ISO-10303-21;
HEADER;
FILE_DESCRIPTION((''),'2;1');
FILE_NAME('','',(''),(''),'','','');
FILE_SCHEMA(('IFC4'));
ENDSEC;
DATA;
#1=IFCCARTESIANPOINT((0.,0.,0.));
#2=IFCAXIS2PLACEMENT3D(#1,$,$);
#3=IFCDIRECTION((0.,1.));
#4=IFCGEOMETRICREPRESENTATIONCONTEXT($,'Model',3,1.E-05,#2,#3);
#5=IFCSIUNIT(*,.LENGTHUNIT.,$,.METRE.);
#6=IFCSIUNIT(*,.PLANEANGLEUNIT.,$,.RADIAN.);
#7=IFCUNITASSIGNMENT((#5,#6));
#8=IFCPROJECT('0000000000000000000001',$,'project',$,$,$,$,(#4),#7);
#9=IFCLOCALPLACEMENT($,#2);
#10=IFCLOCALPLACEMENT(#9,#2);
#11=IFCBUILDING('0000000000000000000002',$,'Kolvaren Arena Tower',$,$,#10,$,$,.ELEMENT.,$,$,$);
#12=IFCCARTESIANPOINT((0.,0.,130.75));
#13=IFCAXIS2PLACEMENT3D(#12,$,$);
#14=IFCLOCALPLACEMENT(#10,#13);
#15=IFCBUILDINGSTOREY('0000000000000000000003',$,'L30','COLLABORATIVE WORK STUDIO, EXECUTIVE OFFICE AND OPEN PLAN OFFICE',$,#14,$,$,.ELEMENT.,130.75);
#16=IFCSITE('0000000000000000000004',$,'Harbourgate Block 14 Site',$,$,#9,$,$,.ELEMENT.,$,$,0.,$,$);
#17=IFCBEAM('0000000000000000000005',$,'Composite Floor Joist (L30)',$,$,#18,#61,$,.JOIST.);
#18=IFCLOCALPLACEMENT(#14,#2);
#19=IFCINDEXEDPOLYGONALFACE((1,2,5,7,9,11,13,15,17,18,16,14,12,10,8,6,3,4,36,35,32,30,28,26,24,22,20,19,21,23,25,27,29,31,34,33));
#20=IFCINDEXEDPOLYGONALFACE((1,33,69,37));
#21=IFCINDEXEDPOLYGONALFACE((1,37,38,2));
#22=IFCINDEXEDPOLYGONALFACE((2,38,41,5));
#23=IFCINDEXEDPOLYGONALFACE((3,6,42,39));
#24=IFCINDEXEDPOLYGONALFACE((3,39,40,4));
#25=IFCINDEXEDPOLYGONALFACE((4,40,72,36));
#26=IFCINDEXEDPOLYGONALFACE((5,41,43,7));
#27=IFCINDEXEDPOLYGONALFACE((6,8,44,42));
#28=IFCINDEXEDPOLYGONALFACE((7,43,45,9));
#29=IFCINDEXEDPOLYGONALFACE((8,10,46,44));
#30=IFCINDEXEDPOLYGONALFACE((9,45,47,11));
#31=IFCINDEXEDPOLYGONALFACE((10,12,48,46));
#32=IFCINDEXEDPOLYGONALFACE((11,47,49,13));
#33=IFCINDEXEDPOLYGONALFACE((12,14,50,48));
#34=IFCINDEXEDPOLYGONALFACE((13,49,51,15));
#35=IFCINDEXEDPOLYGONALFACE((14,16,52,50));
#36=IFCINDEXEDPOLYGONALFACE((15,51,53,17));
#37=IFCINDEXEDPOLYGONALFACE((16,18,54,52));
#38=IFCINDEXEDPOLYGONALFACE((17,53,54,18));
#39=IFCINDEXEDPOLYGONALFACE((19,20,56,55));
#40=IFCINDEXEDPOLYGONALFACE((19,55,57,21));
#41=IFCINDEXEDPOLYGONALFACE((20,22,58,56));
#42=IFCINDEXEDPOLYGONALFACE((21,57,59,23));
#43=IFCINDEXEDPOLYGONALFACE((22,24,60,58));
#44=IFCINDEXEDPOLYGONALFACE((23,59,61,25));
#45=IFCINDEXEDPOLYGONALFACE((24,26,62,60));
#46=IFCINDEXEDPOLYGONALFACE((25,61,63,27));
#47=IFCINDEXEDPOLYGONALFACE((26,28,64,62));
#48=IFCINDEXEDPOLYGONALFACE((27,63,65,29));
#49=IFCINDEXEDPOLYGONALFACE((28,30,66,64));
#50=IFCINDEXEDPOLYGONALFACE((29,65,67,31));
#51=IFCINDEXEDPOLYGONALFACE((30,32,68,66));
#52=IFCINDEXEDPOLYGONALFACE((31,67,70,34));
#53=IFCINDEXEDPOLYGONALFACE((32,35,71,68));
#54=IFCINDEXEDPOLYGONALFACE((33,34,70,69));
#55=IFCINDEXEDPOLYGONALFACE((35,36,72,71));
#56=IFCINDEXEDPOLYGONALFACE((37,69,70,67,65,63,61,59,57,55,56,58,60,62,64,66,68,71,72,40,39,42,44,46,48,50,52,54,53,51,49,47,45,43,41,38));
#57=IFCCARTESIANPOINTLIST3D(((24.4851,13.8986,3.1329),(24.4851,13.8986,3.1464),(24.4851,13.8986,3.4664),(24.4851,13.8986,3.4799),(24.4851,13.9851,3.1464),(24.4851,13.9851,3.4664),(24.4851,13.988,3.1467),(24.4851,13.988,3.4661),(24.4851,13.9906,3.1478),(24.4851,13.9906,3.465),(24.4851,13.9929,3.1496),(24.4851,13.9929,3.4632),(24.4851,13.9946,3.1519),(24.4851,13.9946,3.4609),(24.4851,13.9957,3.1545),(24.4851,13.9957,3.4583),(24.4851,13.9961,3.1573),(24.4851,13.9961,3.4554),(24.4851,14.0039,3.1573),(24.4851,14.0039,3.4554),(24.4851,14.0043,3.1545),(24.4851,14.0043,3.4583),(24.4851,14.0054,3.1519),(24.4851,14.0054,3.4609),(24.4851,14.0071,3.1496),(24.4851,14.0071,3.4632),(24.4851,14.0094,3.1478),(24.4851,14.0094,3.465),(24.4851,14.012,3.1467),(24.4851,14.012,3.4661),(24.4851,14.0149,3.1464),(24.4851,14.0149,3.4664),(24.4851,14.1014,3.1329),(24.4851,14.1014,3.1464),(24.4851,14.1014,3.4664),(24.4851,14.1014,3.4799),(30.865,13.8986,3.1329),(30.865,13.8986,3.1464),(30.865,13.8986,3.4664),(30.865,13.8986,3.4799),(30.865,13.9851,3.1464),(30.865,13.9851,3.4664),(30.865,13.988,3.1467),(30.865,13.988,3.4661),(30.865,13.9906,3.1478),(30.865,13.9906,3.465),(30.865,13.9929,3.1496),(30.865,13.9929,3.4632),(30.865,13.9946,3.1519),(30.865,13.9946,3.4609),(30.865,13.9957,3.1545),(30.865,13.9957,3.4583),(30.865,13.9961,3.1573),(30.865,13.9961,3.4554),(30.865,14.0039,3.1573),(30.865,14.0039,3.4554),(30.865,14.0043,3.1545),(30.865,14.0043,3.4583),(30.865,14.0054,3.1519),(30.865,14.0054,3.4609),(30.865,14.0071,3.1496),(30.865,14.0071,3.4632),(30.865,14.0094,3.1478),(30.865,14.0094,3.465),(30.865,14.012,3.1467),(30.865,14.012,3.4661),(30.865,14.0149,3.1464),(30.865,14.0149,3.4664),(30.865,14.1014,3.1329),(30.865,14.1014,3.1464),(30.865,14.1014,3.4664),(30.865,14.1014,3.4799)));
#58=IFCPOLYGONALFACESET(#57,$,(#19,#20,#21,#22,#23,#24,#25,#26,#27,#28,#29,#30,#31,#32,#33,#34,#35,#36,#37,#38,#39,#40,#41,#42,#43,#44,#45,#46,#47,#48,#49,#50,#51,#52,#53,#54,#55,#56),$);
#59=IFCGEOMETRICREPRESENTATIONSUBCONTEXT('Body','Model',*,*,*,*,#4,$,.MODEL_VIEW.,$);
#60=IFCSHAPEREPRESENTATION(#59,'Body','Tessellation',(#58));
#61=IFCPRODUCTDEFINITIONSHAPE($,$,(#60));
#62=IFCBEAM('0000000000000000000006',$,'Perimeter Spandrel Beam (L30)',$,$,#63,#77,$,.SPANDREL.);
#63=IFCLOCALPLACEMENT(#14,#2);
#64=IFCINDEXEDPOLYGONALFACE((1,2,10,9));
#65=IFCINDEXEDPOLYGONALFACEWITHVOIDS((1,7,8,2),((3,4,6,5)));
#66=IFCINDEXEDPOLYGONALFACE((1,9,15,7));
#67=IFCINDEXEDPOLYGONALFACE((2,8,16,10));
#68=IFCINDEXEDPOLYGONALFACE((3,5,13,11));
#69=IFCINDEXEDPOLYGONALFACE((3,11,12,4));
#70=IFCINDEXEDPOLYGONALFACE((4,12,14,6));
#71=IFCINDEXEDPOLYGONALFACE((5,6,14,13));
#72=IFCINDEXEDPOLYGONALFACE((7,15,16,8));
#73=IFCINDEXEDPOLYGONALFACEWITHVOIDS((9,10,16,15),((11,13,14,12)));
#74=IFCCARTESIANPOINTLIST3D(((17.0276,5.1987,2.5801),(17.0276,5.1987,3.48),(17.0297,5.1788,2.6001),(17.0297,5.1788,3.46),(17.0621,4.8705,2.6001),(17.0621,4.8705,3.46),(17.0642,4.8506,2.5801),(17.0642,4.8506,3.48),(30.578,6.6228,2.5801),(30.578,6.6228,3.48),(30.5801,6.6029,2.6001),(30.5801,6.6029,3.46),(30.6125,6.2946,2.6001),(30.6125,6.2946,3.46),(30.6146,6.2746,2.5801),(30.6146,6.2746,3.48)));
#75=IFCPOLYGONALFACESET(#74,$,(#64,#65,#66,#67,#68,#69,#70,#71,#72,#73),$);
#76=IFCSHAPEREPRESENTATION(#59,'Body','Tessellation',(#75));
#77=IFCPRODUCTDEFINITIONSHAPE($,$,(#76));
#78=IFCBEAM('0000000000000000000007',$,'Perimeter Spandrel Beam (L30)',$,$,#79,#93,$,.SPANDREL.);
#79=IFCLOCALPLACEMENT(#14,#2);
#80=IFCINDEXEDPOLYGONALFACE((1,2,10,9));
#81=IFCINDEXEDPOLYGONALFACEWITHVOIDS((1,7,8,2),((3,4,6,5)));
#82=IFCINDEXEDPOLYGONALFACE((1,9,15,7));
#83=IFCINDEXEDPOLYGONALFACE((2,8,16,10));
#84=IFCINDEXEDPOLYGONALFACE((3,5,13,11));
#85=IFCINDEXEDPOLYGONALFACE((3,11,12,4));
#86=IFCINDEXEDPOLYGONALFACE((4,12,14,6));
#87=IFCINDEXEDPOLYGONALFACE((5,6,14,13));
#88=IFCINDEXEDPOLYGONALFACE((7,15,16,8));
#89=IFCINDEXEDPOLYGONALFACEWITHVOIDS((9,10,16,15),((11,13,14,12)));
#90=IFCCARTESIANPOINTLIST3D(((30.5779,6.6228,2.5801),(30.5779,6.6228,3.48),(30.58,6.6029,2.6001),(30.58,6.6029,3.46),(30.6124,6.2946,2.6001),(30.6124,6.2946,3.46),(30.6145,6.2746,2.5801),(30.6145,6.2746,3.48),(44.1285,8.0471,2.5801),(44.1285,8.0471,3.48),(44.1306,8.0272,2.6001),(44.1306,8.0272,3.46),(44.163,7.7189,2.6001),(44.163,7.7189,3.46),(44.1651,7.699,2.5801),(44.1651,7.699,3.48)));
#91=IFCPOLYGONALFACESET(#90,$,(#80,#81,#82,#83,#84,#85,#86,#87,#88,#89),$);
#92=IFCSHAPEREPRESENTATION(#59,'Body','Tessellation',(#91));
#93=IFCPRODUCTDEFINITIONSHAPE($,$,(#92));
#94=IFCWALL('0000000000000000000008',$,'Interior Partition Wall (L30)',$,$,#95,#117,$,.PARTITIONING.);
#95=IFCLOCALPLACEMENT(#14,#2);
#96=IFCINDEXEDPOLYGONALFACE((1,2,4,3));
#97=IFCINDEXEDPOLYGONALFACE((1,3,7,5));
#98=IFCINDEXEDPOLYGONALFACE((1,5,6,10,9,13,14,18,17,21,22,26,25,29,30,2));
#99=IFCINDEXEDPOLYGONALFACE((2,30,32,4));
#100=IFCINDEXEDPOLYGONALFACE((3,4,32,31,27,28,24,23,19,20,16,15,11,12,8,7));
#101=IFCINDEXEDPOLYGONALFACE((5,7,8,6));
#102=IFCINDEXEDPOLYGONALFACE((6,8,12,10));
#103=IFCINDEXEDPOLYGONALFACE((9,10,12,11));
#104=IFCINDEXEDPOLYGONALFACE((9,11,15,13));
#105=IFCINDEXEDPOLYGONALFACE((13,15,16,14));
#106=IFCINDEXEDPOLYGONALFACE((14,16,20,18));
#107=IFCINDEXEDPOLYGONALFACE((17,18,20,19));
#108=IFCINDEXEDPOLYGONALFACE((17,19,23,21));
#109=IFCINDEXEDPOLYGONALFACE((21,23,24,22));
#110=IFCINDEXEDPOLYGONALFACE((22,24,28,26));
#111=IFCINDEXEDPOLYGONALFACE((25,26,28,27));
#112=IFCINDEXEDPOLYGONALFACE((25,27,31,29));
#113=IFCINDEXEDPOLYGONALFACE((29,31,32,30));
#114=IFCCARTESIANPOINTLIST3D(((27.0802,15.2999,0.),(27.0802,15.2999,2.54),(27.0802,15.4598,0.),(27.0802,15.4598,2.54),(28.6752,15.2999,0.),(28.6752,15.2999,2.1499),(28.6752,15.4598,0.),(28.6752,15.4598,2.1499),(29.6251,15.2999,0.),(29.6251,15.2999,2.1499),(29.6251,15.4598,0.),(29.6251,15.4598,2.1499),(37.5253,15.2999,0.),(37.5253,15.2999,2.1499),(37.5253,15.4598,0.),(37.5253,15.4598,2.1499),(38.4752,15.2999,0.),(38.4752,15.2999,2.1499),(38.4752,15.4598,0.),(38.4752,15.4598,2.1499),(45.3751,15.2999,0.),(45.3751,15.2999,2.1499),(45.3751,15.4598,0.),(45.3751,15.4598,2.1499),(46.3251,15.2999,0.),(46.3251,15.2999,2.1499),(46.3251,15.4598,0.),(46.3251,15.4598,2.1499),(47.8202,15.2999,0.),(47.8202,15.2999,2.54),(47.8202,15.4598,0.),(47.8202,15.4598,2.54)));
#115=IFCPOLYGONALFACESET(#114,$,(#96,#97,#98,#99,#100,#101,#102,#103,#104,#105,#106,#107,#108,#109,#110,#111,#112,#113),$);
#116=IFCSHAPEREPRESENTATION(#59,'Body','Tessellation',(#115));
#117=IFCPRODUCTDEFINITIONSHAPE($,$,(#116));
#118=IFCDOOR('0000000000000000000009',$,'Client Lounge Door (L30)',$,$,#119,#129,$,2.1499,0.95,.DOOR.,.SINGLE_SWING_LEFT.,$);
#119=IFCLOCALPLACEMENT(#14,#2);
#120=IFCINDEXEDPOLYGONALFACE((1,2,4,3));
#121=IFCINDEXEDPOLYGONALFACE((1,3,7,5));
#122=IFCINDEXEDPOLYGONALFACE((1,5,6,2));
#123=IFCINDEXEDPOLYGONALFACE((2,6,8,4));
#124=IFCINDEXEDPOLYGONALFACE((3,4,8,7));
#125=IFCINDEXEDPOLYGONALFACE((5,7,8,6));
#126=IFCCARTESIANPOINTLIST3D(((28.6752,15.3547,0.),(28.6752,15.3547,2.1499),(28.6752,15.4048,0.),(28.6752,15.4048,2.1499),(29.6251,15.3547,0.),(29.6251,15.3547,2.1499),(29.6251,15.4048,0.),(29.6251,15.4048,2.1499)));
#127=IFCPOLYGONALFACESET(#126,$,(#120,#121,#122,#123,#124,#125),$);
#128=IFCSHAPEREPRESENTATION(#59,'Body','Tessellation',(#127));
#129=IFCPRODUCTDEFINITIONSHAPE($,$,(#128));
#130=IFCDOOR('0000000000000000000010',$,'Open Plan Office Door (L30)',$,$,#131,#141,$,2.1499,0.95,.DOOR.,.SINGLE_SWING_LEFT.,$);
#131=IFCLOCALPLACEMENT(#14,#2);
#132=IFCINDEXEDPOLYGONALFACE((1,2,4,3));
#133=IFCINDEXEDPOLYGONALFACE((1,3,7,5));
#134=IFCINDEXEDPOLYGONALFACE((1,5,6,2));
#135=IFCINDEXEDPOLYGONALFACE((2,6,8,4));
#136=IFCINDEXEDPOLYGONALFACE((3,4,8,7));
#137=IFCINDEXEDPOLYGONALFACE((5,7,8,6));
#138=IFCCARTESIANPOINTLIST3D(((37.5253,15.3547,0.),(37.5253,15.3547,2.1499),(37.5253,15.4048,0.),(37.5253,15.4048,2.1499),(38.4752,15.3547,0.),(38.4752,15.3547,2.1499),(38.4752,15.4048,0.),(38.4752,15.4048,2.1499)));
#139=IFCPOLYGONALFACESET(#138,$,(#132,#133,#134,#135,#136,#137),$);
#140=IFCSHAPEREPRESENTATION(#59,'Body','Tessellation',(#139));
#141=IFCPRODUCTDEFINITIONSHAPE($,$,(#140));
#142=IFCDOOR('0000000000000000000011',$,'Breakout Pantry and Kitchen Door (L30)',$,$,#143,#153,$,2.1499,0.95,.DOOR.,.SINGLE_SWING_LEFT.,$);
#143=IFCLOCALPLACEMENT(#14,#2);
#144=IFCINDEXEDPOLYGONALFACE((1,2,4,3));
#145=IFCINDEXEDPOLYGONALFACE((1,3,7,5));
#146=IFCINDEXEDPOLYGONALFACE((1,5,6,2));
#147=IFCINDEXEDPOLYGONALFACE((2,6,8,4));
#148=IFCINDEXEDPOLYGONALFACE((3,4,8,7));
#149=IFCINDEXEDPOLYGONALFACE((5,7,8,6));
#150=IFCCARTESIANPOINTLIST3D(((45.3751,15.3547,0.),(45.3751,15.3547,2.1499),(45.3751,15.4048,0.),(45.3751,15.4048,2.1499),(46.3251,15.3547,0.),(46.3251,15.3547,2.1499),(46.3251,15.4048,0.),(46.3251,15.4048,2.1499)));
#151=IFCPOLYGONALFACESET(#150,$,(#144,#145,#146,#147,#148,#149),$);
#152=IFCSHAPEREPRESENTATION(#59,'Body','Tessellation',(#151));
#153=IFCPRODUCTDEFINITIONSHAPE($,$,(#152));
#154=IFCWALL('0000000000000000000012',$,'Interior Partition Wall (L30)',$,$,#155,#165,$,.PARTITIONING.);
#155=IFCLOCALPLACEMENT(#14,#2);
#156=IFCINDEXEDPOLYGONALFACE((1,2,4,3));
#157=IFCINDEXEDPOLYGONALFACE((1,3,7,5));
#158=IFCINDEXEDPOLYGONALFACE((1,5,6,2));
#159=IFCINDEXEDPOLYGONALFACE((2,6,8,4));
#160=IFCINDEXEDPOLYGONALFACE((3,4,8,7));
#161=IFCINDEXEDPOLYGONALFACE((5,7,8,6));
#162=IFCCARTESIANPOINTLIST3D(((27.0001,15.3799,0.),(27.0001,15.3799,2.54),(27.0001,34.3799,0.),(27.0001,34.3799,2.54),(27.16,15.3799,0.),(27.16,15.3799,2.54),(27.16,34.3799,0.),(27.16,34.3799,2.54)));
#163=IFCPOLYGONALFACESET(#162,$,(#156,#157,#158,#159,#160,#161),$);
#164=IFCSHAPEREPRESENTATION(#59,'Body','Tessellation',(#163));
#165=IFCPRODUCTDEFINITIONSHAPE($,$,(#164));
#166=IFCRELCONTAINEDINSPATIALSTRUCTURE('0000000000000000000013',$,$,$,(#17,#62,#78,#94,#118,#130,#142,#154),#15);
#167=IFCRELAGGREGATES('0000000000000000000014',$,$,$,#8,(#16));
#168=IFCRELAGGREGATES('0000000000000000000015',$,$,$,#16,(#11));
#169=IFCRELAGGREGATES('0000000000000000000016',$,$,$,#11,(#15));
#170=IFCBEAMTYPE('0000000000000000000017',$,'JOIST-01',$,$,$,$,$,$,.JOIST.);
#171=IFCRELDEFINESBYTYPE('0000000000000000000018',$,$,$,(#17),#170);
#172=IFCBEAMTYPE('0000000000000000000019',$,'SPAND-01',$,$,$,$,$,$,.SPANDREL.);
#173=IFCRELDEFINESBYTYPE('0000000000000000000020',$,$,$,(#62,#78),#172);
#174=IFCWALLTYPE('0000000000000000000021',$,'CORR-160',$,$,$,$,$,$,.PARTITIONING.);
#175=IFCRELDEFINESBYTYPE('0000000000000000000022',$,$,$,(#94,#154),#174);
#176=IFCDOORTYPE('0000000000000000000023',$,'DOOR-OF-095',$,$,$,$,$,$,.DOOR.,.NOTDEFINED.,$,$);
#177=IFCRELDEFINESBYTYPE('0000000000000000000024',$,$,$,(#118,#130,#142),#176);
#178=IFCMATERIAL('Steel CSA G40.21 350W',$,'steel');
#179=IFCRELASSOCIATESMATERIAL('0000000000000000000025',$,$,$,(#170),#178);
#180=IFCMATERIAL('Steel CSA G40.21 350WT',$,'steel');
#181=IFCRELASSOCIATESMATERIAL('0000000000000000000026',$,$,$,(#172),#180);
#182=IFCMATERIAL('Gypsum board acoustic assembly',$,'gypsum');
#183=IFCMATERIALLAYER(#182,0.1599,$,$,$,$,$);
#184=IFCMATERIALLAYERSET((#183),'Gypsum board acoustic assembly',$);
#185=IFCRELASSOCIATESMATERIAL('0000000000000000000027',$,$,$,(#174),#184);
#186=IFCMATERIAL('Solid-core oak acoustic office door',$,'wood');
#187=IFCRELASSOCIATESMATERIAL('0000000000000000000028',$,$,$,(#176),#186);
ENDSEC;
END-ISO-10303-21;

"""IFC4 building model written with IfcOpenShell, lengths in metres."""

from ifc_helpers import new_model, si_unit, direction, frame, frame_2d, origin, origin_2d, place, context, subcontext, project, spatial, rectangle, hollow_rectangle, i_section, extrude, material, layer, layer_set, material_profile, profile_set, type_object, element, fill, save


model = new_model("IFC4")

# Units and contexts
model_context = context("Model", 3, precision=1e-05, world=origin(), true_north=direction((0.0, 1.0)))
body_context = subcontext(model_context, "Body", "Model", "MODEL_VIEW")
ifc_project = project(units=[si_unit("LENGTHUNIT", "METRE"), si_unit("PLANEANGLEUNIT", "RADIAN")], contexts=[model_context])

# Site, building, storey
site_placement = place(None, origin())
site = spatial("IfcSite", under=ifc_project, at=site_placement, Name="Harbourgate Block 14 Site", CompositionType="ELEMENT", RefElevation=0.0)
building_placement = place(site_placement, origin())
building = spatial("IfcBuilding", under=site, at=building_placement, Name="Kolvaren Arena Tower", CompositionType="ELEMENT")
storey_placement = place(building_placement, frame((0.0, 0.0, 130.75)))
storey = spatial("IfcBuildingStorey", under=building, at=storey_placement, Name="L30", Description="COLLABORATIVE WORK STUDIO, EXECUTIVE OFFICE AND OPEN PLAN OFFICE", CompositionType="ELEMENT", Elevation=130.75)

# Beams
ifc_material_1 = material(Name="Steel CSA G40.21 350W", Category="steel")
ifc_material_profile_1 = material_profile(ifc_material_1, i_section(OverallWidth=0.2029, OverallDepth=0.3469, WebThickness=0.0078, FlangeThickness=0.0134, FilletRadius=0.011, at=origin_2d()), Name="W360x64")
ifc_profile_set_1 = profile_set([ifc_material_profile_1], Name="Steel CSA G40.21 350W")
beam_type_1 = type_object("IfcBeamType", Name="JOIST-01", PredefinedType="JOIST", material=ifc_profile_set_1)
beam_1_placement = place(storey_placement, frame((24.4851, 14.0, 3.3064), z_axis=(1.0, 0.0, 0.0), x_axis=(0.0, 1.0, 0.0)))
element("IfcBeam", 1, at=beam_1_placement, inside=storey, type_object=beam_type_1, Name="Composite Floor Joist (L30)", PredefinedType="JOIST", context=body_context, shape_type="SweptSolid", body=[
    extrude(i_section(OverallWidth=0.2029, OverallDepth=0.3469, WebThickness=0.0078, FlangeThickness=0.0134, FilletRadius=0.011, at=origin_2d()), origin(), (0.0, 0.0, 1.0), 6.3799),
])
ifc_material_2 = material(Name="Steel CSA G40.21 350WT", Category="steel")
ifc_material_profile_2 = material_profile(ifc_material_2, hollow_rectangle(XDim=0.3501, YDim=0.8999, WallThickness=0.02, at=origin_2d()), Name="HSS 900x350x20")
ifc_profile_set_2 = profile_set([ifc_material_profile_2], Name="Steel CSA G40.21 350WT")
beam_type_2 = type_object("IfcBeamType", Name="SPAND-01", PredefinedType="SPANDREL", material=ifc_profile_set_2)
beam_2_placement = place(storey_placement, frame((17.0459, 5.0247, 3.03), z_axis=(0.994523, 0.10452, 0.0), x_axis=(-0.10452, 0.994523, 0.0)))
element("IfcBeam", 2, at=beam_2_placement, inside=storey, type_object=beam_type_2, Name="Perimeter Spandrel Beam (L30)", PredefinedType="SPANDREL", context=body_context, shape_type="SweptSolid", body=[
    extrude(hollow_rectangle(XDim=0.3501, YDim=0.8999, WallThickness=0.02, at=origin_2d()), origin(), (0.0, 0.0, 1.0), 13.625),
])
beam_3_placement = place(storey_placement, frame((30.5962, 6.4487, 3.03), z_axis=(0.994521, 0.104536, 0.0), x_axis=(-0.104536, 0.994521, 0.0)))
element("IfcBeam", 3, at=beam_3_placement, inside=storey, type_object=beam_type_2, Name="Perimeter Spandrel Beam (L30)", PredefinedType="SPANDREL", context=body_context, shape_type="SweptSolid", body=[
    extrude(hollow_rectangle(XDim=0.3501, YDim=0.8999, WallThickness=0.02, at=origin_2d()), origin(), (0.0, 0.0, 1.0), 13.6252),
])

# Wall, openings, doors
ifc_material_3 = material(Name="Gypsum board acoustic assembly", Category="gypsum")
ifc_layer_1 = layer(ifc_material_3, 0.1599)
ifc_layer_set_1 = layer_set([ifc_layer_1], Name="Gypsum board acoustic assembly")
wall_type_1 = type_object("IfcWallType", Name="CORR-160", PredefinedType="PARTITIONING", material=ifc_layer_set_1)
wall_1_placement = place(storey_placement, frame((27.0801, 15.3799, 0.0), z_axis=(0.0, 0.0, 1.0), x_axis=(1.0, 0.0, 0.0)))
wall_1 = element("IfcWall", 4, at=wall_1_placement, inside=storey, type_object=wall_type_1, Name="Interior Partition Wall (L30)", PredefinedType="PARTITIONING", context=body_context, shape_type="SweptSolid", body=[
    extrude(rectangle(XDim=20.74, YDim=0.1599, at=frame_2d((10.3701, 0.0))), origin(), (0.0, 0.0, 1.0), 2.54),
])
opening_1_placement = place(wall_1_placement, frame((1.595, 0.0, 0.0)))
opening_1 = element("IfcOpeningElement", 5, at=opening_1_placement, cuts=wall_1, PredefinedType="OPENING", context=body_context, shape_type="SweptSolid", body=[
    extrude(rectangle(XDim=0.95, YDim=2.1499, at=frame_2d((0.4751, 1.075))), frame((0.0, 0.0898, 0.0), z_axis=(0.0, -1.0, 0.0), x_axis=(1.0, 0.0, 0.0)), (0.0, 0.0, 1.0), 0.1799),
])
opening_2_placement = place(wall_1_placement, frame((10.4451, 0.0, 0.0)))
opening_2 = element("IfcOpeningElement", 6, at=opening_2_placement, cuts=wall_1, PredefinedType="OPENING", context=body_context, shape_type="SweptSolid", body=[
    extrude(rectangle(XDim=0.95, YDim=2.1499, at=frame_2d((0.4751, 1.075))), frame((0.0, 0.0898, 0.0), z_axis=(0.0, -1.0, 0.0), x_axis=(1.0, 0.0, 0.0)), (0.0, 0.0, 1.0), 0.1799),
])
opening_3_placement = place(wall_1_placement, frame((18.2949, 0.0, 0.0)))
opening_3 = element("IfcOpeningElement", 7, at=opening_3_placement, cuts=wall_1, PredefinedType="OPENING", context=body_context, shape_type="SweptSolid", body=[
    extrude(rectangle(XDim=0.95, YDim=2.1499, at=frame_2d((0.4751, 1.075))), frame((0.0, 0.0898, 0.0), z_axis=(0.0, -1.0, 0.0), x_axis=(1.0, 0.0, 0.0)), (0.0, 0.0, 1.0), 0.1799),
])
ifc_material_4 = material(Name="Solid-core oak acoustic office door", Category="wood")
door_type = type_object("IfcDoorType", Name="DOOR-OF-095", OperationType="NOTDEFINED", PredefinedType="DOOR", material=ifc_material_4)
door_1_placement = place(opening_1_placement, origin())
door_1 = element("IfcDoor", 8, at=door_1_placement, inside=storey, type_object=door_type, Name="Client Lounge Door (L30)", OperationType="SINGLE_SWING_LEFT", OverallHeight=2.1499, OverallWidth=0.95, PredefinedType="DOOR", context=body_context, shape_type="SweptSolid", body=[
    extrude(rectangle(XDim=0.95, YDim=2.1499, at=frame_2d((0.4751, 1.075))), frame((0.0, 0.0249, 0.0), z_axis=(0.0, -1.0, 0.0), x_axis=(1.0, 0.0, 0.0)), (0.0, 0.0, 1.0), 0.05),
])
fill(opening_1, door_1)
door_2_placement = place(opening_2_placement, origin())
door_2 = element("IfcDoor", 9, at=door_2_placement, inside=storey, type_object=door_type, Name="Open Plan Office Door (L30)", OperationType="SINGLE_SWING_LEFT", OverallHeight=2.1499, OverallWidth=0.95, PredefinedType="DOOR", context=body_context, shape_type="SweptSolid", body=[
    extrude(rectangle(XDim=0.95, YDim=2.1499, at=frame_2d((0.4751, 1.075))), frame((0.0, 0.0249, 0.0), z_axis=(0.0, -1.0, 0.0), x_axis=(1.0, 0.0, 0.0)), (0.0, 0.0, 1.0), 0.05),
])
fill(opening_2, door_2)
door_3_placement = place(opening_3_placement, origin())
door_3 = element("IfcDoor", 10, at=door_3_placement, inside=storey, type_object=door_type, Name="Breakout Pantry and Kitchen Door (L30)", OperationType="SINGLE_SWING_LEFT", OverallHeight=2.1499, OverallWidth=0.95, PredefinedType="DOOR", context=body_context, shape_type="SweptSolid", body=[
    extrude(rectangle(XDim=0.95, YDim=2.1499, at=frame_2d((0.4751, 1.075))), frame((0.0, 0.0249, 0.0), z_axis=(0.0, -1.0, 0.0), x_axis=(1.0, 0.0, 0.0)), (0.0, 0.0, 1.0), 0.05),
])
fill(opening_3, door_3)

# Wall
wall_2_placement = place(storey_placement, frame((27.0801, 15.3799, 0.0), z_axis=(0.0, 0.0, 1.0), x_axis=(0.0, 1.0, 0.0)))
element("IfcWall", 11, at=wall_2_placement, inside=storey, type_object=wall_type_1, Name="Interior Partition Wall (L30)", PredefinedType="PARTITIONING", context=body_context, shape_type="SweptSolid", body=[
    extrude(rectangle(XDim=19.0, YDim=0.1599, at=frame_2d((9.5, 0.0))), origin(), (0.0, 0.0, 1.0), 2.54),
])

save(model, "model.ifc")
